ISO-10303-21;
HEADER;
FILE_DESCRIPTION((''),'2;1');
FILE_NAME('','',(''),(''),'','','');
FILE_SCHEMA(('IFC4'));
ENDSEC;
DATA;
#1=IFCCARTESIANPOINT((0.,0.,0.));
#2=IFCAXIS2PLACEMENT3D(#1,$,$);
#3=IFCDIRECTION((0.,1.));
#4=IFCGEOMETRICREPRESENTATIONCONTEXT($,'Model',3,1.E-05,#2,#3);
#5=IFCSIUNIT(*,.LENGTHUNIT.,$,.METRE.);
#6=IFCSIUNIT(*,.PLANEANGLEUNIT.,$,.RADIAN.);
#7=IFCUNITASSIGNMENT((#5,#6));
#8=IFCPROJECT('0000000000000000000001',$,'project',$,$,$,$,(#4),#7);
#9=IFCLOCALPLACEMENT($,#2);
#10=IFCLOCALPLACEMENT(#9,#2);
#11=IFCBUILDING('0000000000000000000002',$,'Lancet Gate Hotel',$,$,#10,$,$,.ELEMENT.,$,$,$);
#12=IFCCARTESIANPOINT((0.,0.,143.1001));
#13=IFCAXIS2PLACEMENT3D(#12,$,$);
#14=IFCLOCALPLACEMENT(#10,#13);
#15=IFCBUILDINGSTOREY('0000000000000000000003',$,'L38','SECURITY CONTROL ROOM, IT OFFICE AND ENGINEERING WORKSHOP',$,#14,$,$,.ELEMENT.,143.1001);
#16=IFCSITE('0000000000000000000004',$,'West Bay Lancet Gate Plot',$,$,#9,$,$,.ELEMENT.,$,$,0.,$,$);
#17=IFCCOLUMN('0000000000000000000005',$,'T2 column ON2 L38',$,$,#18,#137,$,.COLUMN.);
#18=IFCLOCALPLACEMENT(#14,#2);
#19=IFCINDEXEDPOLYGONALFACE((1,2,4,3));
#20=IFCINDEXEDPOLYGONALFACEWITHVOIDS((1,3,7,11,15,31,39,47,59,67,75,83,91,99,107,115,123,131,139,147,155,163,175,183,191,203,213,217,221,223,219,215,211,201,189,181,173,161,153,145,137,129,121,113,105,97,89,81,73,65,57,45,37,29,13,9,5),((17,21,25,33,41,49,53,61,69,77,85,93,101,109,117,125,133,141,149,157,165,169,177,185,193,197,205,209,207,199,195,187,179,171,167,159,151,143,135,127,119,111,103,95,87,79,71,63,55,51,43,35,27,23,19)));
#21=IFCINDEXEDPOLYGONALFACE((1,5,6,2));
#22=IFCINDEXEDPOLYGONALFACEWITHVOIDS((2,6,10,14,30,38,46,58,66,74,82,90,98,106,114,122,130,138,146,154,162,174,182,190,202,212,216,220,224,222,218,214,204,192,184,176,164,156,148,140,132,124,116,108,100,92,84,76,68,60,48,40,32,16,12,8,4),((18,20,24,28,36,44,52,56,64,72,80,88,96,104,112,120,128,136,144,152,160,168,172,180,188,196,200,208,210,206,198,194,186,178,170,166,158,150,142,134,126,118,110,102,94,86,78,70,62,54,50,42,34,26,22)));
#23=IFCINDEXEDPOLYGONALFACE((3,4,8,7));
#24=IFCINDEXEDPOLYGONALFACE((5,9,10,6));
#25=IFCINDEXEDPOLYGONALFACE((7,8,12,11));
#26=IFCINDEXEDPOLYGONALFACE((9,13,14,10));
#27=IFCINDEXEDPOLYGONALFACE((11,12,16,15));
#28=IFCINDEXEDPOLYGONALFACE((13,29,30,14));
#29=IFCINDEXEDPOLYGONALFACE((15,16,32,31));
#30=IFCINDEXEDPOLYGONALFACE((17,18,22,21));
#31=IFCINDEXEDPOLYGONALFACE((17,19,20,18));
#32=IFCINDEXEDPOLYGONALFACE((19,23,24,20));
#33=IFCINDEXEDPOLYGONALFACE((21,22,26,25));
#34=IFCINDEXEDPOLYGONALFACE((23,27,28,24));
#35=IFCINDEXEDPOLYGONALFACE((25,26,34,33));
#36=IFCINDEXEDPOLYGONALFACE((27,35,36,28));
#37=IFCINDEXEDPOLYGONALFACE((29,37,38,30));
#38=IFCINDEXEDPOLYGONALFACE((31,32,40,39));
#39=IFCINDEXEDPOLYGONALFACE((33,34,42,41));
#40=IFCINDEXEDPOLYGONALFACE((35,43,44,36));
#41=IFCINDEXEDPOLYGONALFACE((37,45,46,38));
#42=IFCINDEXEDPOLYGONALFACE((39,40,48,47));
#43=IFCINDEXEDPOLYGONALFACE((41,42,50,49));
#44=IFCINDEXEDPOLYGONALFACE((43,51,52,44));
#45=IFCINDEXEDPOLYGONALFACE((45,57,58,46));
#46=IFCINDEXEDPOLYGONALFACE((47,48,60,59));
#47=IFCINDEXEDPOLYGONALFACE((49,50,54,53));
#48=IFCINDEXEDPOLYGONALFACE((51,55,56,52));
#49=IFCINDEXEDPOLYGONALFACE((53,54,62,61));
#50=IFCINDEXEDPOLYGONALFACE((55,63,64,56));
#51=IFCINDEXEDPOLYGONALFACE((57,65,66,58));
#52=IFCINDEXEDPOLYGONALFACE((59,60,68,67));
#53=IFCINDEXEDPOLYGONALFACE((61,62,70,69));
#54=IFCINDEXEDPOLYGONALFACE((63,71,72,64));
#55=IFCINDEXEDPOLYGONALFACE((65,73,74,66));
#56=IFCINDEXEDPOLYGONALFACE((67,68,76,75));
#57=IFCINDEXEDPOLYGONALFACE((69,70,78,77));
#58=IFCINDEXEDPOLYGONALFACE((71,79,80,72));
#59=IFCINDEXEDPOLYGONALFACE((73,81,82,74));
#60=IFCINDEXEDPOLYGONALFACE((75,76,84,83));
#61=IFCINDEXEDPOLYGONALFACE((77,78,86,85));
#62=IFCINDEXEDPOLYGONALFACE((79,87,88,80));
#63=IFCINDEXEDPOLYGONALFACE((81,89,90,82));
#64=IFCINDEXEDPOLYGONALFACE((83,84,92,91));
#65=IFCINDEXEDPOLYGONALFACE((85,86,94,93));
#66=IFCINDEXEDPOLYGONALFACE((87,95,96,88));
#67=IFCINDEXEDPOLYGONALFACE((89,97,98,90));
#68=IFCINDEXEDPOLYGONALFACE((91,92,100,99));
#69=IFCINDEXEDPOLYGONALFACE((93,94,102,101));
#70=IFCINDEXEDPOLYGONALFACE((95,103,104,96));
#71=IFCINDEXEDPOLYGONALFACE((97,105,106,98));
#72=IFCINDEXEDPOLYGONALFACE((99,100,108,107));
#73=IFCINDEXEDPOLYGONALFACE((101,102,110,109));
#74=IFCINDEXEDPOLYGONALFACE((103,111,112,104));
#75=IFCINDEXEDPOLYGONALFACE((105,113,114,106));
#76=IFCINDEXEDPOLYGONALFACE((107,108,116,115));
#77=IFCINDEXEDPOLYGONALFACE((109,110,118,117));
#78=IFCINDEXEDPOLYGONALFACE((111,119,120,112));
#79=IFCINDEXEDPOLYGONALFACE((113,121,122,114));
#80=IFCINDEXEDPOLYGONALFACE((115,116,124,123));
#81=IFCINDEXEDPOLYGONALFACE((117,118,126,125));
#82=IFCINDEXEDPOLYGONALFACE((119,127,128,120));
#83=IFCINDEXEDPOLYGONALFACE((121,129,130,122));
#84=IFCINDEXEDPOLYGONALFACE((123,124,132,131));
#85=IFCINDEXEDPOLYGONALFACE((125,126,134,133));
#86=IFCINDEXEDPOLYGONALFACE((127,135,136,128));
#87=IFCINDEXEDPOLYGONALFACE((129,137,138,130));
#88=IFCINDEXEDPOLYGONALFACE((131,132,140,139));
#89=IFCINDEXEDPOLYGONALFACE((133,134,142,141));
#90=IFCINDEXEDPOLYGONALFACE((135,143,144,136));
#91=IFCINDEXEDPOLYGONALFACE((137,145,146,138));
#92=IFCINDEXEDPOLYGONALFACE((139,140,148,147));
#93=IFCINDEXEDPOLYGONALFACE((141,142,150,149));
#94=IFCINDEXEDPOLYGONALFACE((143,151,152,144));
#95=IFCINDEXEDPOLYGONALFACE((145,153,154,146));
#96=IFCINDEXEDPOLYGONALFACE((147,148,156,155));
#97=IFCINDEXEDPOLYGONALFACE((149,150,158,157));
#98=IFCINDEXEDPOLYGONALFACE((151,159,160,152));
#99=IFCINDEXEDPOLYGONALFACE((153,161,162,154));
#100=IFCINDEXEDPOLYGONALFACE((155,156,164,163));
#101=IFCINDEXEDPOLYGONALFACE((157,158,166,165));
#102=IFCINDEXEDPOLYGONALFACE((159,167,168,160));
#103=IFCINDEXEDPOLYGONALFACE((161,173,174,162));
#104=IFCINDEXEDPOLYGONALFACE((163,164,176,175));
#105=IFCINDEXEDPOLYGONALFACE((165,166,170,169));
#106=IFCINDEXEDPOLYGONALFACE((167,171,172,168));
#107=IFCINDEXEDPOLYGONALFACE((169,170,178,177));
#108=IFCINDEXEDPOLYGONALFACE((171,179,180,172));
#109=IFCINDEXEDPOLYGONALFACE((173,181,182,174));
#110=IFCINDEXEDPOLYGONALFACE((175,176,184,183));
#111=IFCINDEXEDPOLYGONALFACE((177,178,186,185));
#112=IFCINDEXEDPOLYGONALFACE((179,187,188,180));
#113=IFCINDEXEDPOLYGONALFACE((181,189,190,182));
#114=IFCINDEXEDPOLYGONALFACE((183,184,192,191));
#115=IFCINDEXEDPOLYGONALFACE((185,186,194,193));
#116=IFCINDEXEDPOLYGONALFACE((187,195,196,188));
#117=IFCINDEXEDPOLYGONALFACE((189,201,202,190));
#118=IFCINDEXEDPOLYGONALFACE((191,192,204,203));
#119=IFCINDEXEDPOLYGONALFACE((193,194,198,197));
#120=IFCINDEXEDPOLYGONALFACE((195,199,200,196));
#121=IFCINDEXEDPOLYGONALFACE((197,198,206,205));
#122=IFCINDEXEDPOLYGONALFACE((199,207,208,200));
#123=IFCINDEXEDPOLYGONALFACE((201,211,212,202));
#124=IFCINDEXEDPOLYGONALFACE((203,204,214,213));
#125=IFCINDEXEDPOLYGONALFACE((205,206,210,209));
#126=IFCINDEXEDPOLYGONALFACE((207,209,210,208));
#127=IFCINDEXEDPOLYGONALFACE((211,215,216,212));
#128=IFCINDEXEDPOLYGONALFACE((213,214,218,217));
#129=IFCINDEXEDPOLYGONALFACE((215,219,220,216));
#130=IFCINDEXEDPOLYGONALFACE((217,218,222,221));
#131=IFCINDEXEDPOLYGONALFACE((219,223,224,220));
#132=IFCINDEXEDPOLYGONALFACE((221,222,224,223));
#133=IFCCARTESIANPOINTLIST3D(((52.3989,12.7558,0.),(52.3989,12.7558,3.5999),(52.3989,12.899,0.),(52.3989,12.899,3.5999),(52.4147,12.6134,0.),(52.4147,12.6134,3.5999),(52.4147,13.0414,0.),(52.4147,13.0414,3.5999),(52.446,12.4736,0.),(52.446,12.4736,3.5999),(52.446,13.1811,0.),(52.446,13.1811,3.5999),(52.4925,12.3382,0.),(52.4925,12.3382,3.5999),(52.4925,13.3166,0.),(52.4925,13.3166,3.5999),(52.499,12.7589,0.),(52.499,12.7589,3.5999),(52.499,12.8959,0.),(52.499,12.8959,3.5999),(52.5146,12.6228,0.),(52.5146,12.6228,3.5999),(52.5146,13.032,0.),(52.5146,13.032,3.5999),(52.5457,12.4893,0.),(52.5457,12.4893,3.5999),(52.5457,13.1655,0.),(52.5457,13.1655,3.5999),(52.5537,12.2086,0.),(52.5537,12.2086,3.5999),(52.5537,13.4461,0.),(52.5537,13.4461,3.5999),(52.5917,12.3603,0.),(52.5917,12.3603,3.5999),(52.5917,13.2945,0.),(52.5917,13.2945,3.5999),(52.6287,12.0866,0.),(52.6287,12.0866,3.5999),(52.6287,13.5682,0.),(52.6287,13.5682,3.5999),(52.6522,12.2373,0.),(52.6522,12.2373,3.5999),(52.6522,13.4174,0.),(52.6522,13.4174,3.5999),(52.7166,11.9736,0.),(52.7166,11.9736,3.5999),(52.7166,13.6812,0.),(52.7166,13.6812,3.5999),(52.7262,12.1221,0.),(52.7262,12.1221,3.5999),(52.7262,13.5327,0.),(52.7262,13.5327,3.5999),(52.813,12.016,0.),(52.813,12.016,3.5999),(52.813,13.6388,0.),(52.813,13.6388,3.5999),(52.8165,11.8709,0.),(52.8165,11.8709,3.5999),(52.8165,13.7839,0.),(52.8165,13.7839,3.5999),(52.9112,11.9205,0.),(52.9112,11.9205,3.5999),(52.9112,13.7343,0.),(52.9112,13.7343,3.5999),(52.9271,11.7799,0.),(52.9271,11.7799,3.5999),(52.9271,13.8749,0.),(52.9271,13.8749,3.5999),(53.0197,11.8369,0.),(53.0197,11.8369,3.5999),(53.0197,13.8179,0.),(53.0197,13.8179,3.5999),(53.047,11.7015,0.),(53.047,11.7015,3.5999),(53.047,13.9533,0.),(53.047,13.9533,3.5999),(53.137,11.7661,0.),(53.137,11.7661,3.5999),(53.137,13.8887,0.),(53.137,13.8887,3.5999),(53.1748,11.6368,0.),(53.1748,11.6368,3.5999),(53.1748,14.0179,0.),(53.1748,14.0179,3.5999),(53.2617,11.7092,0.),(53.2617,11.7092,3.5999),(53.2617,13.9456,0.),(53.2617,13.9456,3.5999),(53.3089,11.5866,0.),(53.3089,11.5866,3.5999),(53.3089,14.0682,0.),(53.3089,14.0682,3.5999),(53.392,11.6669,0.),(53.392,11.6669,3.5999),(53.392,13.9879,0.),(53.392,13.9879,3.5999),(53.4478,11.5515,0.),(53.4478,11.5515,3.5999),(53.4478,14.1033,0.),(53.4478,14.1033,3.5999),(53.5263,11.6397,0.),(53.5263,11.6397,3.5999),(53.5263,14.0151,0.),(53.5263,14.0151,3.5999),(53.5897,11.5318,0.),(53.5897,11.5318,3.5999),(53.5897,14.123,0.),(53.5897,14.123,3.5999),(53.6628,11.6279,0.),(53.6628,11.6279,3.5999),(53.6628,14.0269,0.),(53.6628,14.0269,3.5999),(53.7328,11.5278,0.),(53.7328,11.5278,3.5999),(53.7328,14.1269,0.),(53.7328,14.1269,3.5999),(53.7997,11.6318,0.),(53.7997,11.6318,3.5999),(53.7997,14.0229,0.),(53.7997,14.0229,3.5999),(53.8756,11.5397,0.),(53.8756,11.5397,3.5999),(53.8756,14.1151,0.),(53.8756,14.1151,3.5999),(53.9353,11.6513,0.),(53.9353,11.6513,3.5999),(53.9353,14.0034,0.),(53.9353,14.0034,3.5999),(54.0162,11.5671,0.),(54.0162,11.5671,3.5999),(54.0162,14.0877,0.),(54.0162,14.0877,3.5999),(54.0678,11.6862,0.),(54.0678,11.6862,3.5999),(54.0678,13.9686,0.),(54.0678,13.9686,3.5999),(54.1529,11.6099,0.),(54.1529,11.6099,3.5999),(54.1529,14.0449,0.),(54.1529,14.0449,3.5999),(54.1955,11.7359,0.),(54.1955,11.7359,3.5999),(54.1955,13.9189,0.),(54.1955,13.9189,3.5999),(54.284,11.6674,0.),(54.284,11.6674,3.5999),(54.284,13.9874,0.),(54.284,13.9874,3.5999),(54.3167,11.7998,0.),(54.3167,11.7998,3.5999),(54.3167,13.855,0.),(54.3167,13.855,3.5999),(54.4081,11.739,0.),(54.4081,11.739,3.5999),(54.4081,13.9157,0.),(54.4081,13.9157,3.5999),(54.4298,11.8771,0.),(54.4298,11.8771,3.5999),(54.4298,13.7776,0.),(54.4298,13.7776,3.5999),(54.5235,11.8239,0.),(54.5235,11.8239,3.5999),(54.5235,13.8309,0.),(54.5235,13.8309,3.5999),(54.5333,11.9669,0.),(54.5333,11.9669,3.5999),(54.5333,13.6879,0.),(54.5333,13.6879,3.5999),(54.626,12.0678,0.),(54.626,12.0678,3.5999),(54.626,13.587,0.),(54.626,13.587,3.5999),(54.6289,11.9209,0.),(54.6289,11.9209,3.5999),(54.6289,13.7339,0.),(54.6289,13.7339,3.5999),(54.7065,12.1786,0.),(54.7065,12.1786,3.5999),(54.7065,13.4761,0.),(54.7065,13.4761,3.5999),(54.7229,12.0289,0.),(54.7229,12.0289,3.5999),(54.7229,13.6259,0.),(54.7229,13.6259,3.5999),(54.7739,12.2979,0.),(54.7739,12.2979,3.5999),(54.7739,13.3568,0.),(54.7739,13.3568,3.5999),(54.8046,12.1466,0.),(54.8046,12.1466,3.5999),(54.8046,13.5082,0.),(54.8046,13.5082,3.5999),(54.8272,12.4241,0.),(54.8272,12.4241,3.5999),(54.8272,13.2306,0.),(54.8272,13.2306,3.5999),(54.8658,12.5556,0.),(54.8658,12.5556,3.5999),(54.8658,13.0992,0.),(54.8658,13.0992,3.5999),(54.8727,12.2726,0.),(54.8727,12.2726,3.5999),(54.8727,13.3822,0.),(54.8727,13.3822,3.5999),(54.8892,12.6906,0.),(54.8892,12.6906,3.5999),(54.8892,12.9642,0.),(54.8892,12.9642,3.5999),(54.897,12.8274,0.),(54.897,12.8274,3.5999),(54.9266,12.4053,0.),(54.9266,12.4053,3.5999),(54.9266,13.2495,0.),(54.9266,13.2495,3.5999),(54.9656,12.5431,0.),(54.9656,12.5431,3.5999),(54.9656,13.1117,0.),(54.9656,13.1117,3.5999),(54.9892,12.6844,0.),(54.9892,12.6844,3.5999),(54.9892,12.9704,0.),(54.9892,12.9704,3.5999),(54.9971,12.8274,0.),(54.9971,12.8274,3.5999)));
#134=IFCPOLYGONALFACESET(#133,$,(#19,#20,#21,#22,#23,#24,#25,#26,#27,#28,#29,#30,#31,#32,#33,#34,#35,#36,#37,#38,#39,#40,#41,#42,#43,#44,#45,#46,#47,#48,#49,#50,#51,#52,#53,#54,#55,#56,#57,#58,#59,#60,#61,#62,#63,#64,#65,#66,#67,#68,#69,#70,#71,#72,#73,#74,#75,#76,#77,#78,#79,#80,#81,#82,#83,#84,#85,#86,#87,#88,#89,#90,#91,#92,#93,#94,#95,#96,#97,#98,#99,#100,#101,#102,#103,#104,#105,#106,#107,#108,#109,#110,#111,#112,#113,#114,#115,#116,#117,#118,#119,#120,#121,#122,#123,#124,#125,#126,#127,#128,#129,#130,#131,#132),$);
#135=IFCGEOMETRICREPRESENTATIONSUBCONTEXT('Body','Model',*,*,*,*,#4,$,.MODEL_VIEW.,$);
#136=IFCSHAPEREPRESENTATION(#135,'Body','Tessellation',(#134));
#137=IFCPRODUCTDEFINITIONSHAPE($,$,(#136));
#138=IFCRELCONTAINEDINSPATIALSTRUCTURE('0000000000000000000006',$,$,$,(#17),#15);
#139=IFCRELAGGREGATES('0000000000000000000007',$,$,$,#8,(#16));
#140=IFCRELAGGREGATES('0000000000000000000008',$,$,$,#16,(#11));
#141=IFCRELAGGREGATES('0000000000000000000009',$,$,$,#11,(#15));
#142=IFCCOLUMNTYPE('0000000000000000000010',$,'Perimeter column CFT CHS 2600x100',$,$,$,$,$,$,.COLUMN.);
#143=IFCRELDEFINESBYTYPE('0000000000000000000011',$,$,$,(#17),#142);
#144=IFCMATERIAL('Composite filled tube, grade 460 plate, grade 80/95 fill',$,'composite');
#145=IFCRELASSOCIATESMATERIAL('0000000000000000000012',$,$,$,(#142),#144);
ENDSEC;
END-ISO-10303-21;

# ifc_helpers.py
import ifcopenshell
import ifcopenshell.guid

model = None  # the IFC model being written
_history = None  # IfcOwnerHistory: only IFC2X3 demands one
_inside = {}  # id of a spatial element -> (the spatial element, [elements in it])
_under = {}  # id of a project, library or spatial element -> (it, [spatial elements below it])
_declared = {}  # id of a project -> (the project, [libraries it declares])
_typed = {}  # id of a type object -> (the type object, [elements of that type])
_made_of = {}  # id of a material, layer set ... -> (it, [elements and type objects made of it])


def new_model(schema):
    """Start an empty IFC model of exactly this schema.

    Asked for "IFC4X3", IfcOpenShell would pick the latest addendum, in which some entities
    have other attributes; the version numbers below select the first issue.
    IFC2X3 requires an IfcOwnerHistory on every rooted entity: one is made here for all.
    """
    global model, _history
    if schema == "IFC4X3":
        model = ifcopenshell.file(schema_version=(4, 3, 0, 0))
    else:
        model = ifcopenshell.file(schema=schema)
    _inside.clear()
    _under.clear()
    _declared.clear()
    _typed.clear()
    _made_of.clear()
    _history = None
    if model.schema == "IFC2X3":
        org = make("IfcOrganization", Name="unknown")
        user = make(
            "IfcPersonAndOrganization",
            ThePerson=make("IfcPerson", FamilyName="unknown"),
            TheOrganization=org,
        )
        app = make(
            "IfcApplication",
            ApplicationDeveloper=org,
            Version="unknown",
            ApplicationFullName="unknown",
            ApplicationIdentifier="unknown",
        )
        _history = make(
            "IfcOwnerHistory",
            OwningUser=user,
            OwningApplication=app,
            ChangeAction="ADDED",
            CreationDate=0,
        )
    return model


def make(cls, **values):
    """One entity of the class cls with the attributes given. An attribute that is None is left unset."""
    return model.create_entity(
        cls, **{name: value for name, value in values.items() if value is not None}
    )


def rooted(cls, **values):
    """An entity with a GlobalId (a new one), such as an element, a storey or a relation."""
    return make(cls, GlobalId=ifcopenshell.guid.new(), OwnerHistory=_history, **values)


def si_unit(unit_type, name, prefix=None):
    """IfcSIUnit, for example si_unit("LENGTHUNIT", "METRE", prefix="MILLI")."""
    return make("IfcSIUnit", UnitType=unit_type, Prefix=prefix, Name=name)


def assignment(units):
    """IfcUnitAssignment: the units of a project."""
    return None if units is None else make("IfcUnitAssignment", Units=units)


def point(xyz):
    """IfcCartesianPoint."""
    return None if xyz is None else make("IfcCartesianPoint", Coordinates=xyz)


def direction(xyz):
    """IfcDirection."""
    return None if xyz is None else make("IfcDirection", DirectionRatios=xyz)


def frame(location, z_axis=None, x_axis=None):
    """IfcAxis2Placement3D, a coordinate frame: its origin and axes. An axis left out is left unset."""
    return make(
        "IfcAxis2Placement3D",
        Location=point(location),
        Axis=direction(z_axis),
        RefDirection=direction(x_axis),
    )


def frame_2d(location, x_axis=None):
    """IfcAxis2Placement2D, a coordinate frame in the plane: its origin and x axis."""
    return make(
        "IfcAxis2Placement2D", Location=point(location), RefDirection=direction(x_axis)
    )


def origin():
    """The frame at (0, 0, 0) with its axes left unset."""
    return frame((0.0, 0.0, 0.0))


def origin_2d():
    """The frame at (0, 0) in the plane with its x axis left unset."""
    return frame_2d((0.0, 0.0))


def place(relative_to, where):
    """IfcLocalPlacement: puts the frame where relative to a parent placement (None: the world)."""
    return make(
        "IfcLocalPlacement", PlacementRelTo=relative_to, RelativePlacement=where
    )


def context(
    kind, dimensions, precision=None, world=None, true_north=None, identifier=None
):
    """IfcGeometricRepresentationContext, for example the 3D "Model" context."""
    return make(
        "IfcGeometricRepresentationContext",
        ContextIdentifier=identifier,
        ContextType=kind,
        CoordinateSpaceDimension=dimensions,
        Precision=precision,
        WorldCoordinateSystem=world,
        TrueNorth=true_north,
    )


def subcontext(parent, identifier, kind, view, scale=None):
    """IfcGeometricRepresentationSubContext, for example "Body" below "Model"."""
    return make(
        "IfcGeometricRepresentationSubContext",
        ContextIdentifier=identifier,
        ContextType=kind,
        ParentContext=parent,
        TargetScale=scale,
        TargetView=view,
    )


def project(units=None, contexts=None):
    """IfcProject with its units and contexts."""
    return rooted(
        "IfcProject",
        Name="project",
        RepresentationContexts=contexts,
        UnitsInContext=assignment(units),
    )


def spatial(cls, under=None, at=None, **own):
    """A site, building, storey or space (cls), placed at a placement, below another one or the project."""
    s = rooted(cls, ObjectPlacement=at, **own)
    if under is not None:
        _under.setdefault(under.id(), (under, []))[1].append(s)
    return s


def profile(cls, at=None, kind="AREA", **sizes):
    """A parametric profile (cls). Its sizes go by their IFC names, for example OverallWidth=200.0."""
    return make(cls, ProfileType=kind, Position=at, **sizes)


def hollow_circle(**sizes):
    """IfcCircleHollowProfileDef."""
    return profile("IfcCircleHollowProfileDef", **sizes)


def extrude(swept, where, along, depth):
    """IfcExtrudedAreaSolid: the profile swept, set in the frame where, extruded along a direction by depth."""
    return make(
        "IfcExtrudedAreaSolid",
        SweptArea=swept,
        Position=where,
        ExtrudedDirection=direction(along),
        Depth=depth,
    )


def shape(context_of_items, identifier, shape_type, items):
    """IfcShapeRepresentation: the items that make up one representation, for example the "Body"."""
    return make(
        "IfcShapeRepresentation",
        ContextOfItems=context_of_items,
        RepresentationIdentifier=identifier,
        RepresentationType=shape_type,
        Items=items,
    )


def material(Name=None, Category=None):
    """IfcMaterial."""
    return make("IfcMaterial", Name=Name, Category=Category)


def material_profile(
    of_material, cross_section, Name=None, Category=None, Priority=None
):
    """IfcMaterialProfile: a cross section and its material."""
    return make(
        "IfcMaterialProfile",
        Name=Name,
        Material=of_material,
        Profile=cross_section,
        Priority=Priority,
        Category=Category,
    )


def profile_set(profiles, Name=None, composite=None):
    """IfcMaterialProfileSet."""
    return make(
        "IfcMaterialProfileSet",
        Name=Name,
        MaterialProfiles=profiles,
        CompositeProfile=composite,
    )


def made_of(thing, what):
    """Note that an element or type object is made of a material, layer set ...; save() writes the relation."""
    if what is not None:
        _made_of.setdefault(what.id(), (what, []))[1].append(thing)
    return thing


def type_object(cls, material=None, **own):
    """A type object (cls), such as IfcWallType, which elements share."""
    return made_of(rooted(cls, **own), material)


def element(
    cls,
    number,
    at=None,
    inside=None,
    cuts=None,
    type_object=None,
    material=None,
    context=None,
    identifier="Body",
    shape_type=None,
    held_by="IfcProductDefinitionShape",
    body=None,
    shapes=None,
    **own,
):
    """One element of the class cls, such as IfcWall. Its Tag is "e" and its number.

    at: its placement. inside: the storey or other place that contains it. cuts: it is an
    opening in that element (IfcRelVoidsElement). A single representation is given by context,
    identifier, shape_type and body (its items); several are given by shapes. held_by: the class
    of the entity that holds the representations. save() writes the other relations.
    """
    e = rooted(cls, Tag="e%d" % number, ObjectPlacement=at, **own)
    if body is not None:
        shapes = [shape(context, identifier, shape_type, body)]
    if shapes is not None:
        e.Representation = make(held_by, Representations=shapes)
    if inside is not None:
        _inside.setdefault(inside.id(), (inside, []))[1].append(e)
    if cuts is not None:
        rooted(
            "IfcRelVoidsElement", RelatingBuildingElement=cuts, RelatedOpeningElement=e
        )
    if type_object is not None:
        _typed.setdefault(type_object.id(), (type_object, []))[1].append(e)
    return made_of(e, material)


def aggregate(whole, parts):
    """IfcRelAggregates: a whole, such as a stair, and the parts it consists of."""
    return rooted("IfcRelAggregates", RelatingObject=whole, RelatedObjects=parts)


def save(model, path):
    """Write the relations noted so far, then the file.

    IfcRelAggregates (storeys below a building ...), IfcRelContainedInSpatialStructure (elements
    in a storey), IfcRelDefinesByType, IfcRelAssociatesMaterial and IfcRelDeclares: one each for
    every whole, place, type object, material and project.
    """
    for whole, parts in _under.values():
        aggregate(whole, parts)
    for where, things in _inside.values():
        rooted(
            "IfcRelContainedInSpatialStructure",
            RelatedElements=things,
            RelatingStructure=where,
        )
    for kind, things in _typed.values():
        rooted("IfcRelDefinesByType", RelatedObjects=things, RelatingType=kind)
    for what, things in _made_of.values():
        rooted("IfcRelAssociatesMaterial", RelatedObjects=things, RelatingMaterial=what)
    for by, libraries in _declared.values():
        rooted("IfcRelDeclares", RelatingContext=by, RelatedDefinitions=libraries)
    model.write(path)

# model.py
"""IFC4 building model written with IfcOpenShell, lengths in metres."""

from ifc_helpers import new_model, si_unit, direction, frame, origin, origin_2d, place, context, subcontext, project, spatial, hollow_circle, extrude, material, material_profile, profile_set, type_object, element, save


model = new_model("IFC4")

# Units and contexts
model_context = context("Model", 3, precision=1e-05, world=origin(), true_north=direction((0.0, 1.0)))
body_context = subcontext(model_context, "Body", "Model", "MODEL_VIEW")
ifc_project = project(units=[si_unit("LENGTHUNIT", "METRE"), si_unit("PLANEANGLEUNIT", "RADIAN")], contexts=[model_context])

# Site, building, storey
site_placement = place(None, origin())
site = spatial("IfcSite", under=ifc_project, at=site_placement, Name="West Bay Lancet Gate Plot", CompositionType="ELEMENT", RefElevation=0.0)
building_placement = place(site_placement, origin())
building = spatial("IfcBuilding", under=site, at=building_placement, Name="Lancet Gate Hotel", CompositionType="ELEMENT")
storey_placement = place(building_placement, frame((0.0, 0.0, 143.1001)))
storey = spatial("IfcBuildingStorey", under=building, at=storey_placement, Name="L38", Description="SECURITY CONTROL ROOM, IT OFFICE AND ENGINEERING WORKSHOP", CompositionType="ELEMENT", Elevation=143.1001)

# Column
ifc_material_1 = material(Name="Composite filled tube, grade 460 plate, grade 80/95 fill", Category="composite")
ifc_material_profile_1 = material_profile(ifc_material_1, hollow_circle(Radius=1.3, WallThickness=0.1001, at=origin_2d()), Name="CHS 2600x100")
ifc_profile_set_1 = profile_set([ifc_material_profile_1], Name="Composite filled tube, grade 460 plate, grade 80/95 fill")
column_type = type_object("IfcColumnType", Name="Perimeter column CFT CHS 2600x100", PredefinedType="COLUMN", material=ifc_profile_set_1)
for number, where, z_axis, x_axis, name in (
    (1, (53.697, 12.8274, 0.0), (0.0, 0.0, 1.0), (1.0, 0.0, 0.0), "T2 column ON2 L38"),
):
    element("IfcColumn", number, at=place(storey_placement, frame(where, z_axis=z_axis, x_axis=x_axis)), inside=storey, type_object=column_type, Name=name, PredefinedType="COLUMN", context=body_context, shape_type="SweptSolid", body=[
        extrude(hollow_circle(Radius=1.3, WallThickness=0.1001, at=origin_2d()), origin(), (0.0, 0.0, 1.0), 3.5999),
    ])

save(model, "model.ifc")
